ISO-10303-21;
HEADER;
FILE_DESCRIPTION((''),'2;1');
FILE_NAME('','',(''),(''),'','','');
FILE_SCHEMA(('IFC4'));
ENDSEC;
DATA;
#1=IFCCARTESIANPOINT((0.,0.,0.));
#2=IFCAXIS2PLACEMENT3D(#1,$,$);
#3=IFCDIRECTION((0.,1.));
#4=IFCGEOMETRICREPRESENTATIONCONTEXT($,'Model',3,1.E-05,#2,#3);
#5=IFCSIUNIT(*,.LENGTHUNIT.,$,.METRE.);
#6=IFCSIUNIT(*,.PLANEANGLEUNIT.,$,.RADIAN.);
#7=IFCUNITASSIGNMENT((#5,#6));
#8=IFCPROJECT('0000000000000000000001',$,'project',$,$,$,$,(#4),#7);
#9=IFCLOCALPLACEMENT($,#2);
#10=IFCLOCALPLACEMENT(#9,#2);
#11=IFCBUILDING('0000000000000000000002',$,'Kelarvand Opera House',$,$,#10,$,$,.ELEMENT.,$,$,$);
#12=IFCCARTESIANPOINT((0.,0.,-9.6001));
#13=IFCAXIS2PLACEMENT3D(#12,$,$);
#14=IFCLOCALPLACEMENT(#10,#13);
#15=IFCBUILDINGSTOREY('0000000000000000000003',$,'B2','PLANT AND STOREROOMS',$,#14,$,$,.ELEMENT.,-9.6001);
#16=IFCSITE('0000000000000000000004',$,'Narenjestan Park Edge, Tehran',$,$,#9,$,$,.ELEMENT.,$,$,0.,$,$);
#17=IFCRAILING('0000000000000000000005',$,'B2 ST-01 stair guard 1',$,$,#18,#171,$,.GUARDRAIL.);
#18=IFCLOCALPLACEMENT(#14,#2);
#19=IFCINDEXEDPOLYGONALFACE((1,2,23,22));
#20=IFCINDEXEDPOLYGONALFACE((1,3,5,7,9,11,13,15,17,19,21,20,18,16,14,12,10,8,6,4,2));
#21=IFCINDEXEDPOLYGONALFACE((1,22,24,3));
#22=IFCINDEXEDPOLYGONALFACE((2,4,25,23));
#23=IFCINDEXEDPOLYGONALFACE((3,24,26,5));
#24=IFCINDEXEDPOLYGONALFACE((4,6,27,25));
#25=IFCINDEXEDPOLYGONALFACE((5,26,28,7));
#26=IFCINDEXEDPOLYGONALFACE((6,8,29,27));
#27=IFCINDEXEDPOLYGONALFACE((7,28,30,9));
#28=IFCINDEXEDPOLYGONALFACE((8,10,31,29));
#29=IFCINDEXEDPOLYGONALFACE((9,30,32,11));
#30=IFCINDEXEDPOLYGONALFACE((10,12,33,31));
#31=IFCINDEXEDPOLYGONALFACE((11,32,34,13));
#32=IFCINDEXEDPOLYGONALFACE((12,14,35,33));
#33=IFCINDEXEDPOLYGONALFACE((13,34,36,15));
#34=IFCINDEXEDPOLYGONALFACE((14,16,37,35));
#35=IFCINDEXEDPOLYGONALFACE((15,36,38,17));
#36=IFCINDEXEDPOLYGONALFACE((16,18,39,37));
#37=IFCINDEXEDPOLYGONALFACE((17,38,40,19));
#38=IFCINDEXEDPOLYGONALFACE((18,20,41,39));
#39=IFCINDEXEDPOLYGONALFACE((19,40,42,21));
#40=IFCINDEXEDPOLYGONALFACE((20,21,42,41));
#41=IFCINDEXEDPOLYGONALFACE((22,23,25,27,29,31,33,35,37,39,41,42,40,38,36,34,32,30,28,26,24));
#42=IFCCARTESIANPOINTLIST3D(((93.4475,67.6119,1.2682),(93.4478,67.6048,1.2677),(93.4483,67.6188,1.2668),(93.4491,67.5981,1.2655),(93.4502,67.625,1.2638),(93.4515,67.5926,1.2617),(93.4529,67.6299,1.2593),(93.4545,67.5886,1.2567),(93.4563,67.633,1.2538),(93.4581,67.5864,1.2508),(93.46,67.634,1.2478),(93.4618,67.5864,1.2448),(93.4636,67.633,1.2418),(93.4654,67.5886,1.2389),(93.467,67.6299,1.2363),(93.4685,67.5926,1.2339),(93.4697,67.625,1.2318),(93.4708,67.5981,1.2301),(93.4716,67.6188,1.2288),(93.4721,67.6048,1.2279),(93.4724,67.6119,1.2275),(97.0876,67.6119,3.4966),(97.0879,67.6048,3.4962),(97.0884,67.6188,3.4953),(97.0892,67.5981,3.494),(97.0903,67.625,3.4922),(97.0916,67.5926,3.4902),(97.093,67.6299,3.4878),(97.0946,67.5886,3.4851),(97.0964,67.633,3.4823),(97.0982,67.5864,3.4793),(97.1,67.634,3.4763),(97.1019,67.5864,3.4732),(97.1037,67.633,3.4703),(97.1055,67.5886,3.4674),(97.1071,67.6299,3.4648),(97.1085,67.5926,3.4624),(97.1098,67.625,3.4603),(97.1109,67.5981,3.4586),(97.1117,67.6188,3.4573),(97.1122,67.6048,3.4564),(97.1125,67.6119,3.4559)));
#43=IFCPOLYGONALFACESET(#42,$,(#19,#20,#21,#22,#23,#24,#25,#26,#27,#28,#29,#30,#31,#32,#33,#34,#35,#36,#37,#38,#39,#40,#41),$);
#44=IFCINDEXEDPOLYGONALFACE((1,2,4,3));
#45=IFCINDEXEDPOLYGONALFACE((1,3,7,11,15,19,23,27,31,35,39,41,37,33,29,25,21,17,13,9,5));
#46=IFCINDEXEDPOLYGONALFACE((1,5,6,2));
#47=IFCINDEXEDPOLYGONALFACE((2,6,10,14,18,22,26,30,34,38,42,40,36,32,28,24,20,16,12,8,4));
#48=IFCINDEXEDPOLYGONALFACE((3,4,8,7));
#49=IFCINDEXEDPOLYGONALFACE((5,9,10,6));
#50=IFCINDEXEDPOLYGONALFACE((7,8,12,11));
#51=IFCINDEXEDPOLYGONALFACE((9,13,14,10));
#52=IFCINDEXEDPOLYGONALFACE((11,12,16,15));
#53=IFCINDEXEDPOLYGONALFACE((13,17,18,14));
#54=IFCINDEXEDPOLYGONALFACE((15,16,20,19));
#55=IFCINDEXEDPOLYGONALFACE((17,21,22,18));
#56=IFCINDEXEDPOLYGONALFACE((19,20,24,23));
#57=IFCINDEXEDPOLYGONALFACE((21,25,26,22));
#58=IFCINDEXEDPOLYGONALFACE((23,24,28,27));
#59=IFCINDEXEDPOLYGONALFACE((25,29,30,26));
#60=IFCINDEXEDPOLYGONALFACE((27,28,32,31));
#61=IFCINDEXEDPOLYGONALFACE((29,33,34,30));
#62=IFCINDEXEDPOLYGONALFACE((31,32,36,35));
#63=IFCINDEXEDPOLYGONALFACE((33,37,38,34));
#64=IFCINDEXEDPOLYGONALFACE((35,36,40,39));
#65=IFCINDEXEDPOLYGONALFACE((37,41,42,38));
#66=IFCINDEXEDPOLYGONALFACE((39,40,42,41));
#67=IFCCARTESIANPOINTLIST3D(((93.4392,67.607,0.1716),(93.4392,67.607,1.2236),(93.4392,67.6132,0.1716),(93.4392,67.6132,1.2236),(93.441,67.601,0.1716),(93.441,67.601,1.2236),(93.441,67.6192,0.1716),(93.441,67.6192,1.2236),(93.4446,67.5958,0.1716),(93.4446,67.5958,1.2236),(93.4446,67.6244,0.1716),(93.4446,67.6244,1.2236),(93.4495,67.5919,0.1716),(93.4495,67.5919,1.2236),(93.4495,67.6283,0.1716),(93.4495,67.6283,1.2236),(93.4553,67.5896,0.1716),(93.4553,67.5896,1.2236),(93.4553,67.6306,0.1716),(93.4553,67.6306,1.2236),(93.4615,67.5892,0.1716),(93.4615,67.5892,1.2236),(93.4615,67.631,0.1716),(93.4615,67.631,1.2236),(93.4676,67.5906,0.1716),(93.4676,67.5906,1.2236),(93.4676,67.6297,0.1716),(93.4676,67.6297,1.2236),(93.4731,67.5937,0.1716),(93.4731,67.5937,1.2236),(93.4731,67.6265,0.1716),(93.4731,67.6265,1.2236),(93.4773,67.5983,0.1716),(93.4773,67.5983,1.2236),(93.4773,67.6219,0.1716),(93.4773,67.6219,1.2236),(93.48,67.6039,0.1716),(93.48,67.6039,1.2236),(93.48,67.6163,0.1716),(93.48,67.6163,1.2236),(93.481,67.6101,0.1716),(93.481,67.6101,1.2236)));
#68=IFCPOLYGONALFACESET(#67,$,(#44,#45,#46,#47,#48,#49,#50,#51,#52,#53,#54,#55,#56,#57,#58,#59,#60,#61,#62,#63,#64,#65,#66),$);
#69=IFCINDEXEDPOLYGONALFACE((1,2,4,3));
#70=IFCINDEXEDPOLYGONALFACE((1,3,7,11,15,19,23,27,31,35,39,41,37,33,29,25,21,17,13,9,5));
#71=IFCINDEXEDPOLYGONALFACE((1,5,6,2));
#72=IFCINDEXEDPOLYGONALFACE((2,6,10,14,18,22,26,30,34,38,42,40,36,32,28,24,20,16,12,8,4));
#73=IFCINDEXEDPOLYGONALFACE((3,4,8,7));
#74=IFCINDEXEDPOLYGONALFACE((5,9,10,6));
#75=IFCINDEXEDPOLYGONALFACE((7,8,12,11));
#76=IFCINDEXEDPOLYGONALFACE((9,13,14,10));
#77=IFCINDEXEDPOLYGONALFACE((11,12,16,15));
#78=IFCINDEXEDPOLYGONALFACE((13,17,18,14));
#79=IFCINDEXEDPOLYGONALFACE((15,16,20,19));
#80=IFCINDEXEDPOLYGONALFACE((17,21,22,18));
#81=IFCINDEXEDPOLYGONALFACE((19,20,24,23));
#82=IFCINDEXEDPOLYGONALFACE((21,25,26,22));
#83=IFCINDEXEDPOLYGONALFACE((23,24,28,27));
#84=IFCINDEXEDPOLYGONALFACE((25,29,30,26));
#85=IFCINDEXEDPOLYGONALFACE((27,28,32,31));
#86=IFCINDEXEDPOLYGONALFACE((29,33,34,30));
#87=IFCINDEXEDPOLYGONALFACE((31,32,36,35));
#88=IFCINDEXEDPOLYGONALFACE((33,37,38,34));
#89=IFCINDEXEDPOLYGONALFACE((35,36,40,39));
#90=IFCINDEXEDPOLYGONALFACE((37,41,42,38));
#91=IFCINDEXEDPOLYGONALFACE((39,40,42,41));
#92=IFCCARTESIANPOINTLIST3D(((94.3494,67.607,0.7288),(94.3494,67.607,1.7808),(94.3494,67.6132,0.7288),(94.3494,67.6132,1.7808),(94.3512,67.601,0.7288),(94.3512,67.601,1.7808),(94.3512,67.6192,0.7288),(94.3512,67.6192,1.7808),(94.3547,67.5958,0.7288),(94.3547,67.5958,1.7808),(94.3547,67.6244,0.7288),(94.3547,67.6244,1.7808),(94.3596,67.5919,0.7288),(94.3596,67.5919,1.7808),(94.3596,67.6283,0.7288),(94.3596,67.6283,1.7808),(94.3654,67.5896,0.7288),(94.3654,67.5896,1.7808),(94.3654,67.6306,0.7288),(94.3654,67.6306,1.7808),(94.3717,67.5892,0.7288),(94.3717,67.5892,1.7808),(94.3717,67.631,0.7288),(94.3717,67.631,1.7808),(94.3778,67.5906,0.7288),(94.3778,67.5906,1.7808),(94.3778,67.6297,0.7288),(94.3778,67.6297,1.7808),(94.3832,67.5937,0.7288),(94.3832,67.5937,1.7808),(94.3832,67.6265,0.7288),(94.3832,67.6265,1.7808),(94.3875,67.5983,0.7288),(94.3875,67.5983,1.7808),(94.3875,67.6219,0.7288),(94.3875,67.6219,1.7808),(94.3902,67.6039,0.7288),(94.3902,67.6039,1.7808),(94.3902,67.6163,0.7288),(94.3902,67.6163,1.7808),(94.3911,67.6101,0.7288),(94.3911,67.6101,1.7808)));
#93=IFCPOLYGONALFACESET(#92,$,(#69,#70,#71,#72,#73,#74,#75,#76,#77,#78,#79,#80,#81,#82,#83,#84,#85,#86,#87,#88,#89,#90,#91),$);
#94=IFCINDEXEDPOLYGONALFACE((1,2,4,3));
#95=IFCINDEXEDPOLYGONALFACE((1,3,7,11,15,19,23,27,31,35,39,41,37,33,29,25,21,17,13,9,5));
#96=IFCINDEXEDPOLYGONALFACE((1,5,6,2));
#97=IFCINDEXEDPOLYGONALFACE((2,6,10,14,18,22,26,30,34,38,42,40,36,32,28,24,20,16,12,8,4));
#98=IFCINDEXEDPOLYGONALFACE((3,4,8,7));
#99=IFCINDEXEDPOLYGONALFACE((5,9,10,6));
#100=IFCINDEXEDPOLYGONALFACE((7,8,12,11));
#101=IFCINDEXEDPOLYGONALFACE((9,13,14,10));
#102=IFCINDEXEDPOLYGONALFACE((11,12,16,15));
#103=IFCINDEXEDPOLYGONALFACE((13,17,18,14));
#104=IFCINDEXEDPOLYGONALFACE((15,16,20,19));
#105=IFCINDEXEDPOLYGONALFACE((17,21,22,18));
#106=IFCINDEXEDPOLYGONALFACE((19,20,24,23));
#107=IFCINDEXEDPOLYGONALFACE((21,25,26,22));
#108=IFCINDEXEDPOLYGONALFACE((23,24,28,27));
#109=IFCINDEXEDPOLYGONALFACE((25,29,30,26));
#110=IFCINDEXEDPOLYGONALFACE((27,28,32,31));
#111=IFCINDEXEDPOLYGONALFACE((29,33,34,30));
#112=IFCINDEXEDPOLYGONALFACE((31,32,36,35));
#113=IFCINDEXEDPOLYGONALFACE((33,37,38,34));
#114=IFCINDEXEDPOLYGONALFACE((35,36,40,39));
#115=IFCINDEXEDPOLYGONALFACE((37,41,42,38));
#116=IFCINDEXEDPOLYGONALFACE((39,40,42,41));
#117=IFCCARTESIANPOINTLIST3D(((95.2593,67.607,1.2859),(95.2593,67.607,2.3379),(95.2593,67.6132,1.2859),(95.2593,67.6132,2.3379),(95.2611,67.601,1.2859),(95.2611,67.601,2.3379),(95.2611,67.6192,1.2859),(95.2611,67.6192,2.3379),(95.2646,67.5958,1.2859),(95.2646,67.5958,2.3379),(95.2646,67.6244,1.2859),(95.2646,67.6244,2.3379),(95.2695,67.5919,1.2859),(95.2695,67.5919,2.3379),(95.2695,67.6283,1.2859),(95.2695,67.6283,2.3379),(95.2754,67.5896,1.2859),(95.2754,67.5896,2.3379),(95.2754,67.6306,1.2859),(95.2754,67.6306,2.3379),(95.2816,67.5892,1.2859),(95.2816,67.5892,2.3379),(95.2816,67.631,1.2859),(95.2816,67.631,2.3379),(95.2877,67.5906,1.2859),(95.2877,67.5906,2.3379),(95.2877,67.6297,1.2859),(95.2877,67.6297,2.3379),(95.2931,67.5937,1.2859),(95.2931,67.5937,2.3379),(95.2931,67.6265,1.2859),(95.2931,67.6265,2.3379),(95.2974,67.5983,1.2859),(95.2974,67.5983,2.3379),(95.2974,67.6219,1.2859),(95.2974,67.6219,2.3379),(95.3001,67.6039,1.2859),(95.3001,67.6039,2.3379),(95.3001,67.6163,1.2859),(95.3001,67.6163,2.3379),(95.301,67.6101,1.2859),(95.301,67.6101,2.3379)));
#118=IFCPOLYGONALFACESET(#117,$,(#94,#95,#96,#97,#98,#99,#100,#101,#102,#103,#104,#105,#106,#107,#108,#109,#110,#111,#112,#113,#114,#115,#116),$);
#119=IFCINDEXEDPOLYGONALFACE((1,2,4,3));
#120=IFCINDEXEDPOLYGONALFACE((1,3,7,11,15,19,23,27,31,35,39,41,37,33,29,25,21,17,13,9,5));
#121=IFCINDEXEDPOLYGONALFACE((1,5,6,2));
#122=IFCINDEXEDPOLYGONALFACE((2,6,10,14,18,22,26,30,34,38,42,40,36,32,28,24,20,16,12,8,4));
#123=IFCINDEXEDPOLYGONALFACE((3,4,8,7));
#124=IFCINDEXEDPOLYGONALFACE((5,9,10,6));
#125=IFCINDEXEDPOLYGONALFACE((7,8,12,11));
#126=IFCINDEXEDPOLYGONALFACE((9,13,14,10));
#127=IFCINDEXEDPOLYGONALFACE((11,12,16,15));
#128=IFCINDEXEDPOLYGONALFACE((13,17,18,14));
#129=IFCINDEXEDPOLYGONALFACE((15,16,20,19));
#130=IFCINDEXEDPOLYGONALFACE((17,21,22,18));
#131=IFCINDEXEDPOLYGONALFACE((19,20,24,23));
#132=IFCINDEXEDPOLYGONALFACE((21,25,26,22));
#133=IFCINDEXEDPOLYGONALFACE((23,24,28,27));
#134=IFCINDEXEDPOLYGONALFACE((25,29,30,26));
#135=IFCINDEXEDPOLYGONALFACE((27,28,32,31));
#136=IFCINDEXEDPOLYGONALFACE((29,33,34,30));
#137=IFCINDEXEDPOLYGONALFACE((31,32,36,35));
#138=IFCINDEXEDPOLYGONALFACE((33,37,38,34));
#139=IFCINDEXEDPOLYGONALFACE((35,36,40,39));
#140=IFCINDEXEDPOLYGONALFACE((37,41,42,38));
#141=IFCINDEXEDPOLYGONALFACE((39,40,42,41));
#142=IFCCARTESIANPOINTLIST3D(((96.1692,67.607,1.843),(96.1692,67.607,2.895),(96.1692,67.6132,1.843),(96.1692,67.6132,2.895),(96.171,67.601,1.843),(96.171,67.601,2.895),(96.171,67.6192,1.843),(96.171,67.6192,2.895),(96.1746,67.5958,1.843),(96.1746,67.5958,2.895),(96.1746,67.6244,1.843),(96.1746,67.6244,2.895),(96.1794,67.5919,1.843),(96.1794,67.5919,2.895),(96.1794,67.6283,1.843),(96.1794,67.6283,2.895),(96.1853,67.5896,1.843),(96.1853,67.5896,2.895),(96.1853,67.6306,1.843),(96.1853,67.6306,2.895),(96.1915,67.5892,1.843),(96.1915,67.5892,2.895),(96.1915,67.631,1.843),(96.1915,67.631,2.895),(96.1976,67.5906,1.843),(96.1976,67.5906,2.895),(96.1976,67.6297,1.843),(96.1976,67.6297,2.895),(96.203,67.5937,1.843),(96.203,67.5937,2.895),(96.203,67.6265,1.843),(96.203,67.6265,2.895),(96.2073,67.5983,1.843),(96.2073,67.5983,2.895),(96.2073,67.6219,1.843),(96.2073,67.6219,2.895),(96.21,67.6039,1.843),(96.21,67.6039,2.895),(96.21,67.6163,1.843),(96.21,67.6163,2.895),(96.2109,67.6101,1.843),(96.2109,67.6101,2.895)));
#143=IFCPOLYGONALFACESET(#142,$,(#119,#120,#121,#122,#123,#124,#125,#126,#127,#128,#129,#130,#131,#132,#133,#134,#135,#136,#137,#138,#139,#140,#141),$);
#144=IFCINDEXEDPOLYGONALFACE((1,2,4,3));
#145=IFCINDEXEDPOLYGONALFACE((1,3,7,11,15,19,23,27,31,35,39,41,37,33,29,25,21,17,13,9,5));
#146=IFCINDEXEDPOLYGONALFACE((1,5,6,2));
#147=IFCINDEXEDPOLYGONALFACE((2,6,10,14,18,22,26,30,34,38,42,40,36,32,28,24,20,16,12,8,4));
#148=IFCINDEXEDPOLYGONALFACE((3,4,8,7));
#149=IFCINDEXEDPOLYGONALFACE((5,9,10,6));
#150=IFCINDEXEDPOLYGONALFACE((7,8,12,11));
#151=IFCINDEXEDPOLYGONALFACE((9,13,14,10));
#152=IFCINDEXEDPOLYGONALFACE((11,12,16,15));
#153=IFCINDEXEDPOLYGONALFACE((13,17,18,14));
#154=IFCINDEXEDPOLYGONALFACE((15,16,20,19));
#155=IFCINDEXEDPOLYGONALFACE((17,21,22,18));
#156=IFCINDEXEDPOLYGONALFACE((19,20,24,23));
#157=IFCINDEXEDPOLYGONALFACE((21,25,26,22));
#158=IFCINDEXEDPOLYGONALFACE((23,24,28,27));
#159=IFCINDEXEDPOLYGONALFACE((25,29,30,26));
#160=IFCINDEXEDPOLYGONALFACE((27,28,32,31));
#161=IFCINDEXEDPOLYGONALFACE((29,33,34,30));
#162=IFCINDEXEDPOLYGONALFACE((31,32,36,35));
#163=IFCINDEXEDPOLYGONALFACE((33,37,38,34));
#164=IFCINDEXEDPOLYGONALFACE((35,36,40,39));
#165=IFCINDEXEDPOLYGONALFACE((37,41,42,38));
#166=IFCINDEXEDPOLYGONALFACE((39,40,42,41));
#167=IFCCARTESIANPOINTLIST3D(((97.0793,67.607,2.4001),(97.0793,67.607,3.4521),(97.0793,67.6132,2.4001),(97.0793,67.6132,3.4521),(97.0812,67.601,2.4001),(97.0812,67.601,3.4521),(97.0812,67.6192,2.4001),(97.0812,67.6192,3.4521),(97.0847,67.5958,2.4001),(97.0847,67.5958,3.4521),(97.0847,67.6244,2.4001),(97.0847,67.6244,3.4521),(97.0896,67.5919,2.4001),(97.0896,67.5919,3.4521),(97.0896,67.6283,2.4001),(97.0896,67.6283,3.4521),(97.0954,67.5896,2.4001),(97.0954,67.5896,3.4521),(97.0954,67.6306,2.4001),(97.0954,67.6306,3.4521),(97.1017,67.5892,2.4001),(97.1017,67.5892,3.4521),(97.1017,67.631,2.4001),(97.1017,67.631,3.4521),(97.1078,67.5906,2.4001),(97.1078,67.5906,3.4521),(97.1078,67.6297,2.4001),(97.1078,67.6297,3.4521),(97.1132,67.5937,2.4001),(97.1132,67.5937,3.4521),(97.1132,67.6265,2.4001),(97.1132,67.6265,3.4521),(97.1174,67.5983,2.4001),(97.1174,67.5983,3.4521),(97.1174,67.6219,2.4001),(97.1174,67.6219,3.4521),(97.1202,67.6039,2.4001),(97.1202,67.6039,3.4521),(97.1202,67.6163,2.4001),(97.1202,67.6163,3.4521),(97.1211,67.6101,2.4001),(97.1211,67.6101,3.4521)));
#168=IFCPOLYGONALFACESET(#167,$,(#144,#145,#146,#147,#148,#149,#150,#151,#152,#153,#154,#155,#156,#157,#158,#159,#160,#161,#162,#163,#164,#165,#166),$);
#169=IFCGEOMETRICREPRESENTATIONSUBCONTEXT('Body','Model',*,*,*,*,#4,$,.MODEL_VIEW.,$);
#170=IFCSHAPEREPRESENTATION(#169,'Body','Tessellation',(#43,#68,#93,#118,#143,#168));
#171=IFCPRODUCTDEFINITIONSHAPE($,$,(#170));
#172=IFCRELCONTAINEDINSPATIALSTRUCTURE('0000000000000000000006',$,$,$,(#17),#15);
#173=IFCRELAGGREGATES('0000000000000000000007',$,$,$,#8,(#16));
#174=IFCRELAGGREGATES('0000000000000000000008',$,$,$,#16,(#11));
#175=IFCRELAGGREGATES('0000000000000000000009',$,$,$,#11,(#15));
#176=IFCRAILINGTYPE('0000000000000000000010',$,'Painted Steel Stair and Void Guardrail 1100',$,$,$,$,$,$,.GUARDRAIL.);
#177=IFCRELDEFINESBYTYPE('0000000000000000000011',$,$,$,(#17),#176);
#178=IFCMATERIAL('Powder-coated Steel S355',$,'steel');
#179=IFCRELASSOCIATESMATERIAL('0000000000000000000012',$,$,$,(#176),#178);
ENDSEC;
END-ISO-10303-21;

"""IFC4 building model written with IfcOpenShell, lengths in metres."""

from ifc_helpers import new_model, si_unit, direction, frame, origin, origin_2d, place, context, subcontext, project, spatial, circle, extrude, material, type_object, element, save


model = new_model("IFC4")

# Units and contexts
model_context = context("Model", 3, precision=1e-05, world=origin(), true_north=direction((0.0, 1.0)))
body_context = subcontext(model_context, "Body", "Model", "MODEL_VIEW")
ifc_project = project(units=[si_unit("LENGTHUNIT", "METRE"), si_unit("PLANEANGLEUNIT", "RADIAN")], contexts=[model_context])

# Site, building, storey
site_placement = place(None, origin())
site = spatial("IfcSite", under=ifc_project, at=site_placement, Name="Narenjestan Park Edge, Tehran", CompositionType="ELEMENT", RefElevation=0.0)
building_placement = place(site_placement, origin())
building = spatial("IfcBuilding", under=site, at=building_placement, Name="Kelarvand Opera House", CompositionType="ELEMENT")
storey_placement = place(building_placement, frame((0.0, 0.0, -9.6001)))
storey = spatial("IfcBuildingStorey", under=building, at=storey_placement, Name="B2", Description="PLANT AND STOREROOMS", CompositionType="ELEMENT", Elevation=-9.6001)

# Railing
ifc_material_1 = material(Name="Powder-coated Steel S355", Category="steel")
railing_type_1 = type_object("IfcRailingType", Name="Painted Steel Stair and Void Guardrail 1100", PredefinedType="GUARDRAIL", material=ifc_material_1)
railing_1_placement = place(storey_placement, frame((93.46, 67.6101, 0.1716)))
element("IfcRailing", 1, at=railing_1_placement, inside=storey, type_object=railing_type_1, Name="B2 ST-01 stair guard 1", PredefinedType="GUARDRAIL", context=body_context, shape_type="SweptSolid", body=[
    extrude(circle(Radius=0.0239, at=origin_2d()), frame((0.0, 0.0, 1.0762), z_axis=(0.852866, 0.0, 0.52213), x_axis=(0.0, 1.0, 0.0)), (0.0, 0.0, 1.0), 4.2681),
    extrude(circle(Radius=0.021, at=origin_2d()), origin(), (0.0, 0.0, 1.0), 1.052),
    extrude(circle(Radius=0.021, at=origin_2d()), frame((0.9102, 0.0, 0.5571)), (0.0, 0.0, 1.0), 1.052),
    extrude(circle(Radius=0.021, at=origin_2d()), frame((1.8201, 0.0, 1.1143)), (0.0, 0.0, 1.0), 1.052),
    extrude(circle(Radius=0.021, at=origin_2d()), frame((2.73, 0.0, 1.6714)), (0.0, 0.0, 1.0), 1.052),
    extrude(circle(Radius=0.021, at=origin_2d()), frame((3.6401, 0.0, 2.2285)), (0.0, 0.0, 1.0), 1.052),
])

save(model, "model.ifc")
